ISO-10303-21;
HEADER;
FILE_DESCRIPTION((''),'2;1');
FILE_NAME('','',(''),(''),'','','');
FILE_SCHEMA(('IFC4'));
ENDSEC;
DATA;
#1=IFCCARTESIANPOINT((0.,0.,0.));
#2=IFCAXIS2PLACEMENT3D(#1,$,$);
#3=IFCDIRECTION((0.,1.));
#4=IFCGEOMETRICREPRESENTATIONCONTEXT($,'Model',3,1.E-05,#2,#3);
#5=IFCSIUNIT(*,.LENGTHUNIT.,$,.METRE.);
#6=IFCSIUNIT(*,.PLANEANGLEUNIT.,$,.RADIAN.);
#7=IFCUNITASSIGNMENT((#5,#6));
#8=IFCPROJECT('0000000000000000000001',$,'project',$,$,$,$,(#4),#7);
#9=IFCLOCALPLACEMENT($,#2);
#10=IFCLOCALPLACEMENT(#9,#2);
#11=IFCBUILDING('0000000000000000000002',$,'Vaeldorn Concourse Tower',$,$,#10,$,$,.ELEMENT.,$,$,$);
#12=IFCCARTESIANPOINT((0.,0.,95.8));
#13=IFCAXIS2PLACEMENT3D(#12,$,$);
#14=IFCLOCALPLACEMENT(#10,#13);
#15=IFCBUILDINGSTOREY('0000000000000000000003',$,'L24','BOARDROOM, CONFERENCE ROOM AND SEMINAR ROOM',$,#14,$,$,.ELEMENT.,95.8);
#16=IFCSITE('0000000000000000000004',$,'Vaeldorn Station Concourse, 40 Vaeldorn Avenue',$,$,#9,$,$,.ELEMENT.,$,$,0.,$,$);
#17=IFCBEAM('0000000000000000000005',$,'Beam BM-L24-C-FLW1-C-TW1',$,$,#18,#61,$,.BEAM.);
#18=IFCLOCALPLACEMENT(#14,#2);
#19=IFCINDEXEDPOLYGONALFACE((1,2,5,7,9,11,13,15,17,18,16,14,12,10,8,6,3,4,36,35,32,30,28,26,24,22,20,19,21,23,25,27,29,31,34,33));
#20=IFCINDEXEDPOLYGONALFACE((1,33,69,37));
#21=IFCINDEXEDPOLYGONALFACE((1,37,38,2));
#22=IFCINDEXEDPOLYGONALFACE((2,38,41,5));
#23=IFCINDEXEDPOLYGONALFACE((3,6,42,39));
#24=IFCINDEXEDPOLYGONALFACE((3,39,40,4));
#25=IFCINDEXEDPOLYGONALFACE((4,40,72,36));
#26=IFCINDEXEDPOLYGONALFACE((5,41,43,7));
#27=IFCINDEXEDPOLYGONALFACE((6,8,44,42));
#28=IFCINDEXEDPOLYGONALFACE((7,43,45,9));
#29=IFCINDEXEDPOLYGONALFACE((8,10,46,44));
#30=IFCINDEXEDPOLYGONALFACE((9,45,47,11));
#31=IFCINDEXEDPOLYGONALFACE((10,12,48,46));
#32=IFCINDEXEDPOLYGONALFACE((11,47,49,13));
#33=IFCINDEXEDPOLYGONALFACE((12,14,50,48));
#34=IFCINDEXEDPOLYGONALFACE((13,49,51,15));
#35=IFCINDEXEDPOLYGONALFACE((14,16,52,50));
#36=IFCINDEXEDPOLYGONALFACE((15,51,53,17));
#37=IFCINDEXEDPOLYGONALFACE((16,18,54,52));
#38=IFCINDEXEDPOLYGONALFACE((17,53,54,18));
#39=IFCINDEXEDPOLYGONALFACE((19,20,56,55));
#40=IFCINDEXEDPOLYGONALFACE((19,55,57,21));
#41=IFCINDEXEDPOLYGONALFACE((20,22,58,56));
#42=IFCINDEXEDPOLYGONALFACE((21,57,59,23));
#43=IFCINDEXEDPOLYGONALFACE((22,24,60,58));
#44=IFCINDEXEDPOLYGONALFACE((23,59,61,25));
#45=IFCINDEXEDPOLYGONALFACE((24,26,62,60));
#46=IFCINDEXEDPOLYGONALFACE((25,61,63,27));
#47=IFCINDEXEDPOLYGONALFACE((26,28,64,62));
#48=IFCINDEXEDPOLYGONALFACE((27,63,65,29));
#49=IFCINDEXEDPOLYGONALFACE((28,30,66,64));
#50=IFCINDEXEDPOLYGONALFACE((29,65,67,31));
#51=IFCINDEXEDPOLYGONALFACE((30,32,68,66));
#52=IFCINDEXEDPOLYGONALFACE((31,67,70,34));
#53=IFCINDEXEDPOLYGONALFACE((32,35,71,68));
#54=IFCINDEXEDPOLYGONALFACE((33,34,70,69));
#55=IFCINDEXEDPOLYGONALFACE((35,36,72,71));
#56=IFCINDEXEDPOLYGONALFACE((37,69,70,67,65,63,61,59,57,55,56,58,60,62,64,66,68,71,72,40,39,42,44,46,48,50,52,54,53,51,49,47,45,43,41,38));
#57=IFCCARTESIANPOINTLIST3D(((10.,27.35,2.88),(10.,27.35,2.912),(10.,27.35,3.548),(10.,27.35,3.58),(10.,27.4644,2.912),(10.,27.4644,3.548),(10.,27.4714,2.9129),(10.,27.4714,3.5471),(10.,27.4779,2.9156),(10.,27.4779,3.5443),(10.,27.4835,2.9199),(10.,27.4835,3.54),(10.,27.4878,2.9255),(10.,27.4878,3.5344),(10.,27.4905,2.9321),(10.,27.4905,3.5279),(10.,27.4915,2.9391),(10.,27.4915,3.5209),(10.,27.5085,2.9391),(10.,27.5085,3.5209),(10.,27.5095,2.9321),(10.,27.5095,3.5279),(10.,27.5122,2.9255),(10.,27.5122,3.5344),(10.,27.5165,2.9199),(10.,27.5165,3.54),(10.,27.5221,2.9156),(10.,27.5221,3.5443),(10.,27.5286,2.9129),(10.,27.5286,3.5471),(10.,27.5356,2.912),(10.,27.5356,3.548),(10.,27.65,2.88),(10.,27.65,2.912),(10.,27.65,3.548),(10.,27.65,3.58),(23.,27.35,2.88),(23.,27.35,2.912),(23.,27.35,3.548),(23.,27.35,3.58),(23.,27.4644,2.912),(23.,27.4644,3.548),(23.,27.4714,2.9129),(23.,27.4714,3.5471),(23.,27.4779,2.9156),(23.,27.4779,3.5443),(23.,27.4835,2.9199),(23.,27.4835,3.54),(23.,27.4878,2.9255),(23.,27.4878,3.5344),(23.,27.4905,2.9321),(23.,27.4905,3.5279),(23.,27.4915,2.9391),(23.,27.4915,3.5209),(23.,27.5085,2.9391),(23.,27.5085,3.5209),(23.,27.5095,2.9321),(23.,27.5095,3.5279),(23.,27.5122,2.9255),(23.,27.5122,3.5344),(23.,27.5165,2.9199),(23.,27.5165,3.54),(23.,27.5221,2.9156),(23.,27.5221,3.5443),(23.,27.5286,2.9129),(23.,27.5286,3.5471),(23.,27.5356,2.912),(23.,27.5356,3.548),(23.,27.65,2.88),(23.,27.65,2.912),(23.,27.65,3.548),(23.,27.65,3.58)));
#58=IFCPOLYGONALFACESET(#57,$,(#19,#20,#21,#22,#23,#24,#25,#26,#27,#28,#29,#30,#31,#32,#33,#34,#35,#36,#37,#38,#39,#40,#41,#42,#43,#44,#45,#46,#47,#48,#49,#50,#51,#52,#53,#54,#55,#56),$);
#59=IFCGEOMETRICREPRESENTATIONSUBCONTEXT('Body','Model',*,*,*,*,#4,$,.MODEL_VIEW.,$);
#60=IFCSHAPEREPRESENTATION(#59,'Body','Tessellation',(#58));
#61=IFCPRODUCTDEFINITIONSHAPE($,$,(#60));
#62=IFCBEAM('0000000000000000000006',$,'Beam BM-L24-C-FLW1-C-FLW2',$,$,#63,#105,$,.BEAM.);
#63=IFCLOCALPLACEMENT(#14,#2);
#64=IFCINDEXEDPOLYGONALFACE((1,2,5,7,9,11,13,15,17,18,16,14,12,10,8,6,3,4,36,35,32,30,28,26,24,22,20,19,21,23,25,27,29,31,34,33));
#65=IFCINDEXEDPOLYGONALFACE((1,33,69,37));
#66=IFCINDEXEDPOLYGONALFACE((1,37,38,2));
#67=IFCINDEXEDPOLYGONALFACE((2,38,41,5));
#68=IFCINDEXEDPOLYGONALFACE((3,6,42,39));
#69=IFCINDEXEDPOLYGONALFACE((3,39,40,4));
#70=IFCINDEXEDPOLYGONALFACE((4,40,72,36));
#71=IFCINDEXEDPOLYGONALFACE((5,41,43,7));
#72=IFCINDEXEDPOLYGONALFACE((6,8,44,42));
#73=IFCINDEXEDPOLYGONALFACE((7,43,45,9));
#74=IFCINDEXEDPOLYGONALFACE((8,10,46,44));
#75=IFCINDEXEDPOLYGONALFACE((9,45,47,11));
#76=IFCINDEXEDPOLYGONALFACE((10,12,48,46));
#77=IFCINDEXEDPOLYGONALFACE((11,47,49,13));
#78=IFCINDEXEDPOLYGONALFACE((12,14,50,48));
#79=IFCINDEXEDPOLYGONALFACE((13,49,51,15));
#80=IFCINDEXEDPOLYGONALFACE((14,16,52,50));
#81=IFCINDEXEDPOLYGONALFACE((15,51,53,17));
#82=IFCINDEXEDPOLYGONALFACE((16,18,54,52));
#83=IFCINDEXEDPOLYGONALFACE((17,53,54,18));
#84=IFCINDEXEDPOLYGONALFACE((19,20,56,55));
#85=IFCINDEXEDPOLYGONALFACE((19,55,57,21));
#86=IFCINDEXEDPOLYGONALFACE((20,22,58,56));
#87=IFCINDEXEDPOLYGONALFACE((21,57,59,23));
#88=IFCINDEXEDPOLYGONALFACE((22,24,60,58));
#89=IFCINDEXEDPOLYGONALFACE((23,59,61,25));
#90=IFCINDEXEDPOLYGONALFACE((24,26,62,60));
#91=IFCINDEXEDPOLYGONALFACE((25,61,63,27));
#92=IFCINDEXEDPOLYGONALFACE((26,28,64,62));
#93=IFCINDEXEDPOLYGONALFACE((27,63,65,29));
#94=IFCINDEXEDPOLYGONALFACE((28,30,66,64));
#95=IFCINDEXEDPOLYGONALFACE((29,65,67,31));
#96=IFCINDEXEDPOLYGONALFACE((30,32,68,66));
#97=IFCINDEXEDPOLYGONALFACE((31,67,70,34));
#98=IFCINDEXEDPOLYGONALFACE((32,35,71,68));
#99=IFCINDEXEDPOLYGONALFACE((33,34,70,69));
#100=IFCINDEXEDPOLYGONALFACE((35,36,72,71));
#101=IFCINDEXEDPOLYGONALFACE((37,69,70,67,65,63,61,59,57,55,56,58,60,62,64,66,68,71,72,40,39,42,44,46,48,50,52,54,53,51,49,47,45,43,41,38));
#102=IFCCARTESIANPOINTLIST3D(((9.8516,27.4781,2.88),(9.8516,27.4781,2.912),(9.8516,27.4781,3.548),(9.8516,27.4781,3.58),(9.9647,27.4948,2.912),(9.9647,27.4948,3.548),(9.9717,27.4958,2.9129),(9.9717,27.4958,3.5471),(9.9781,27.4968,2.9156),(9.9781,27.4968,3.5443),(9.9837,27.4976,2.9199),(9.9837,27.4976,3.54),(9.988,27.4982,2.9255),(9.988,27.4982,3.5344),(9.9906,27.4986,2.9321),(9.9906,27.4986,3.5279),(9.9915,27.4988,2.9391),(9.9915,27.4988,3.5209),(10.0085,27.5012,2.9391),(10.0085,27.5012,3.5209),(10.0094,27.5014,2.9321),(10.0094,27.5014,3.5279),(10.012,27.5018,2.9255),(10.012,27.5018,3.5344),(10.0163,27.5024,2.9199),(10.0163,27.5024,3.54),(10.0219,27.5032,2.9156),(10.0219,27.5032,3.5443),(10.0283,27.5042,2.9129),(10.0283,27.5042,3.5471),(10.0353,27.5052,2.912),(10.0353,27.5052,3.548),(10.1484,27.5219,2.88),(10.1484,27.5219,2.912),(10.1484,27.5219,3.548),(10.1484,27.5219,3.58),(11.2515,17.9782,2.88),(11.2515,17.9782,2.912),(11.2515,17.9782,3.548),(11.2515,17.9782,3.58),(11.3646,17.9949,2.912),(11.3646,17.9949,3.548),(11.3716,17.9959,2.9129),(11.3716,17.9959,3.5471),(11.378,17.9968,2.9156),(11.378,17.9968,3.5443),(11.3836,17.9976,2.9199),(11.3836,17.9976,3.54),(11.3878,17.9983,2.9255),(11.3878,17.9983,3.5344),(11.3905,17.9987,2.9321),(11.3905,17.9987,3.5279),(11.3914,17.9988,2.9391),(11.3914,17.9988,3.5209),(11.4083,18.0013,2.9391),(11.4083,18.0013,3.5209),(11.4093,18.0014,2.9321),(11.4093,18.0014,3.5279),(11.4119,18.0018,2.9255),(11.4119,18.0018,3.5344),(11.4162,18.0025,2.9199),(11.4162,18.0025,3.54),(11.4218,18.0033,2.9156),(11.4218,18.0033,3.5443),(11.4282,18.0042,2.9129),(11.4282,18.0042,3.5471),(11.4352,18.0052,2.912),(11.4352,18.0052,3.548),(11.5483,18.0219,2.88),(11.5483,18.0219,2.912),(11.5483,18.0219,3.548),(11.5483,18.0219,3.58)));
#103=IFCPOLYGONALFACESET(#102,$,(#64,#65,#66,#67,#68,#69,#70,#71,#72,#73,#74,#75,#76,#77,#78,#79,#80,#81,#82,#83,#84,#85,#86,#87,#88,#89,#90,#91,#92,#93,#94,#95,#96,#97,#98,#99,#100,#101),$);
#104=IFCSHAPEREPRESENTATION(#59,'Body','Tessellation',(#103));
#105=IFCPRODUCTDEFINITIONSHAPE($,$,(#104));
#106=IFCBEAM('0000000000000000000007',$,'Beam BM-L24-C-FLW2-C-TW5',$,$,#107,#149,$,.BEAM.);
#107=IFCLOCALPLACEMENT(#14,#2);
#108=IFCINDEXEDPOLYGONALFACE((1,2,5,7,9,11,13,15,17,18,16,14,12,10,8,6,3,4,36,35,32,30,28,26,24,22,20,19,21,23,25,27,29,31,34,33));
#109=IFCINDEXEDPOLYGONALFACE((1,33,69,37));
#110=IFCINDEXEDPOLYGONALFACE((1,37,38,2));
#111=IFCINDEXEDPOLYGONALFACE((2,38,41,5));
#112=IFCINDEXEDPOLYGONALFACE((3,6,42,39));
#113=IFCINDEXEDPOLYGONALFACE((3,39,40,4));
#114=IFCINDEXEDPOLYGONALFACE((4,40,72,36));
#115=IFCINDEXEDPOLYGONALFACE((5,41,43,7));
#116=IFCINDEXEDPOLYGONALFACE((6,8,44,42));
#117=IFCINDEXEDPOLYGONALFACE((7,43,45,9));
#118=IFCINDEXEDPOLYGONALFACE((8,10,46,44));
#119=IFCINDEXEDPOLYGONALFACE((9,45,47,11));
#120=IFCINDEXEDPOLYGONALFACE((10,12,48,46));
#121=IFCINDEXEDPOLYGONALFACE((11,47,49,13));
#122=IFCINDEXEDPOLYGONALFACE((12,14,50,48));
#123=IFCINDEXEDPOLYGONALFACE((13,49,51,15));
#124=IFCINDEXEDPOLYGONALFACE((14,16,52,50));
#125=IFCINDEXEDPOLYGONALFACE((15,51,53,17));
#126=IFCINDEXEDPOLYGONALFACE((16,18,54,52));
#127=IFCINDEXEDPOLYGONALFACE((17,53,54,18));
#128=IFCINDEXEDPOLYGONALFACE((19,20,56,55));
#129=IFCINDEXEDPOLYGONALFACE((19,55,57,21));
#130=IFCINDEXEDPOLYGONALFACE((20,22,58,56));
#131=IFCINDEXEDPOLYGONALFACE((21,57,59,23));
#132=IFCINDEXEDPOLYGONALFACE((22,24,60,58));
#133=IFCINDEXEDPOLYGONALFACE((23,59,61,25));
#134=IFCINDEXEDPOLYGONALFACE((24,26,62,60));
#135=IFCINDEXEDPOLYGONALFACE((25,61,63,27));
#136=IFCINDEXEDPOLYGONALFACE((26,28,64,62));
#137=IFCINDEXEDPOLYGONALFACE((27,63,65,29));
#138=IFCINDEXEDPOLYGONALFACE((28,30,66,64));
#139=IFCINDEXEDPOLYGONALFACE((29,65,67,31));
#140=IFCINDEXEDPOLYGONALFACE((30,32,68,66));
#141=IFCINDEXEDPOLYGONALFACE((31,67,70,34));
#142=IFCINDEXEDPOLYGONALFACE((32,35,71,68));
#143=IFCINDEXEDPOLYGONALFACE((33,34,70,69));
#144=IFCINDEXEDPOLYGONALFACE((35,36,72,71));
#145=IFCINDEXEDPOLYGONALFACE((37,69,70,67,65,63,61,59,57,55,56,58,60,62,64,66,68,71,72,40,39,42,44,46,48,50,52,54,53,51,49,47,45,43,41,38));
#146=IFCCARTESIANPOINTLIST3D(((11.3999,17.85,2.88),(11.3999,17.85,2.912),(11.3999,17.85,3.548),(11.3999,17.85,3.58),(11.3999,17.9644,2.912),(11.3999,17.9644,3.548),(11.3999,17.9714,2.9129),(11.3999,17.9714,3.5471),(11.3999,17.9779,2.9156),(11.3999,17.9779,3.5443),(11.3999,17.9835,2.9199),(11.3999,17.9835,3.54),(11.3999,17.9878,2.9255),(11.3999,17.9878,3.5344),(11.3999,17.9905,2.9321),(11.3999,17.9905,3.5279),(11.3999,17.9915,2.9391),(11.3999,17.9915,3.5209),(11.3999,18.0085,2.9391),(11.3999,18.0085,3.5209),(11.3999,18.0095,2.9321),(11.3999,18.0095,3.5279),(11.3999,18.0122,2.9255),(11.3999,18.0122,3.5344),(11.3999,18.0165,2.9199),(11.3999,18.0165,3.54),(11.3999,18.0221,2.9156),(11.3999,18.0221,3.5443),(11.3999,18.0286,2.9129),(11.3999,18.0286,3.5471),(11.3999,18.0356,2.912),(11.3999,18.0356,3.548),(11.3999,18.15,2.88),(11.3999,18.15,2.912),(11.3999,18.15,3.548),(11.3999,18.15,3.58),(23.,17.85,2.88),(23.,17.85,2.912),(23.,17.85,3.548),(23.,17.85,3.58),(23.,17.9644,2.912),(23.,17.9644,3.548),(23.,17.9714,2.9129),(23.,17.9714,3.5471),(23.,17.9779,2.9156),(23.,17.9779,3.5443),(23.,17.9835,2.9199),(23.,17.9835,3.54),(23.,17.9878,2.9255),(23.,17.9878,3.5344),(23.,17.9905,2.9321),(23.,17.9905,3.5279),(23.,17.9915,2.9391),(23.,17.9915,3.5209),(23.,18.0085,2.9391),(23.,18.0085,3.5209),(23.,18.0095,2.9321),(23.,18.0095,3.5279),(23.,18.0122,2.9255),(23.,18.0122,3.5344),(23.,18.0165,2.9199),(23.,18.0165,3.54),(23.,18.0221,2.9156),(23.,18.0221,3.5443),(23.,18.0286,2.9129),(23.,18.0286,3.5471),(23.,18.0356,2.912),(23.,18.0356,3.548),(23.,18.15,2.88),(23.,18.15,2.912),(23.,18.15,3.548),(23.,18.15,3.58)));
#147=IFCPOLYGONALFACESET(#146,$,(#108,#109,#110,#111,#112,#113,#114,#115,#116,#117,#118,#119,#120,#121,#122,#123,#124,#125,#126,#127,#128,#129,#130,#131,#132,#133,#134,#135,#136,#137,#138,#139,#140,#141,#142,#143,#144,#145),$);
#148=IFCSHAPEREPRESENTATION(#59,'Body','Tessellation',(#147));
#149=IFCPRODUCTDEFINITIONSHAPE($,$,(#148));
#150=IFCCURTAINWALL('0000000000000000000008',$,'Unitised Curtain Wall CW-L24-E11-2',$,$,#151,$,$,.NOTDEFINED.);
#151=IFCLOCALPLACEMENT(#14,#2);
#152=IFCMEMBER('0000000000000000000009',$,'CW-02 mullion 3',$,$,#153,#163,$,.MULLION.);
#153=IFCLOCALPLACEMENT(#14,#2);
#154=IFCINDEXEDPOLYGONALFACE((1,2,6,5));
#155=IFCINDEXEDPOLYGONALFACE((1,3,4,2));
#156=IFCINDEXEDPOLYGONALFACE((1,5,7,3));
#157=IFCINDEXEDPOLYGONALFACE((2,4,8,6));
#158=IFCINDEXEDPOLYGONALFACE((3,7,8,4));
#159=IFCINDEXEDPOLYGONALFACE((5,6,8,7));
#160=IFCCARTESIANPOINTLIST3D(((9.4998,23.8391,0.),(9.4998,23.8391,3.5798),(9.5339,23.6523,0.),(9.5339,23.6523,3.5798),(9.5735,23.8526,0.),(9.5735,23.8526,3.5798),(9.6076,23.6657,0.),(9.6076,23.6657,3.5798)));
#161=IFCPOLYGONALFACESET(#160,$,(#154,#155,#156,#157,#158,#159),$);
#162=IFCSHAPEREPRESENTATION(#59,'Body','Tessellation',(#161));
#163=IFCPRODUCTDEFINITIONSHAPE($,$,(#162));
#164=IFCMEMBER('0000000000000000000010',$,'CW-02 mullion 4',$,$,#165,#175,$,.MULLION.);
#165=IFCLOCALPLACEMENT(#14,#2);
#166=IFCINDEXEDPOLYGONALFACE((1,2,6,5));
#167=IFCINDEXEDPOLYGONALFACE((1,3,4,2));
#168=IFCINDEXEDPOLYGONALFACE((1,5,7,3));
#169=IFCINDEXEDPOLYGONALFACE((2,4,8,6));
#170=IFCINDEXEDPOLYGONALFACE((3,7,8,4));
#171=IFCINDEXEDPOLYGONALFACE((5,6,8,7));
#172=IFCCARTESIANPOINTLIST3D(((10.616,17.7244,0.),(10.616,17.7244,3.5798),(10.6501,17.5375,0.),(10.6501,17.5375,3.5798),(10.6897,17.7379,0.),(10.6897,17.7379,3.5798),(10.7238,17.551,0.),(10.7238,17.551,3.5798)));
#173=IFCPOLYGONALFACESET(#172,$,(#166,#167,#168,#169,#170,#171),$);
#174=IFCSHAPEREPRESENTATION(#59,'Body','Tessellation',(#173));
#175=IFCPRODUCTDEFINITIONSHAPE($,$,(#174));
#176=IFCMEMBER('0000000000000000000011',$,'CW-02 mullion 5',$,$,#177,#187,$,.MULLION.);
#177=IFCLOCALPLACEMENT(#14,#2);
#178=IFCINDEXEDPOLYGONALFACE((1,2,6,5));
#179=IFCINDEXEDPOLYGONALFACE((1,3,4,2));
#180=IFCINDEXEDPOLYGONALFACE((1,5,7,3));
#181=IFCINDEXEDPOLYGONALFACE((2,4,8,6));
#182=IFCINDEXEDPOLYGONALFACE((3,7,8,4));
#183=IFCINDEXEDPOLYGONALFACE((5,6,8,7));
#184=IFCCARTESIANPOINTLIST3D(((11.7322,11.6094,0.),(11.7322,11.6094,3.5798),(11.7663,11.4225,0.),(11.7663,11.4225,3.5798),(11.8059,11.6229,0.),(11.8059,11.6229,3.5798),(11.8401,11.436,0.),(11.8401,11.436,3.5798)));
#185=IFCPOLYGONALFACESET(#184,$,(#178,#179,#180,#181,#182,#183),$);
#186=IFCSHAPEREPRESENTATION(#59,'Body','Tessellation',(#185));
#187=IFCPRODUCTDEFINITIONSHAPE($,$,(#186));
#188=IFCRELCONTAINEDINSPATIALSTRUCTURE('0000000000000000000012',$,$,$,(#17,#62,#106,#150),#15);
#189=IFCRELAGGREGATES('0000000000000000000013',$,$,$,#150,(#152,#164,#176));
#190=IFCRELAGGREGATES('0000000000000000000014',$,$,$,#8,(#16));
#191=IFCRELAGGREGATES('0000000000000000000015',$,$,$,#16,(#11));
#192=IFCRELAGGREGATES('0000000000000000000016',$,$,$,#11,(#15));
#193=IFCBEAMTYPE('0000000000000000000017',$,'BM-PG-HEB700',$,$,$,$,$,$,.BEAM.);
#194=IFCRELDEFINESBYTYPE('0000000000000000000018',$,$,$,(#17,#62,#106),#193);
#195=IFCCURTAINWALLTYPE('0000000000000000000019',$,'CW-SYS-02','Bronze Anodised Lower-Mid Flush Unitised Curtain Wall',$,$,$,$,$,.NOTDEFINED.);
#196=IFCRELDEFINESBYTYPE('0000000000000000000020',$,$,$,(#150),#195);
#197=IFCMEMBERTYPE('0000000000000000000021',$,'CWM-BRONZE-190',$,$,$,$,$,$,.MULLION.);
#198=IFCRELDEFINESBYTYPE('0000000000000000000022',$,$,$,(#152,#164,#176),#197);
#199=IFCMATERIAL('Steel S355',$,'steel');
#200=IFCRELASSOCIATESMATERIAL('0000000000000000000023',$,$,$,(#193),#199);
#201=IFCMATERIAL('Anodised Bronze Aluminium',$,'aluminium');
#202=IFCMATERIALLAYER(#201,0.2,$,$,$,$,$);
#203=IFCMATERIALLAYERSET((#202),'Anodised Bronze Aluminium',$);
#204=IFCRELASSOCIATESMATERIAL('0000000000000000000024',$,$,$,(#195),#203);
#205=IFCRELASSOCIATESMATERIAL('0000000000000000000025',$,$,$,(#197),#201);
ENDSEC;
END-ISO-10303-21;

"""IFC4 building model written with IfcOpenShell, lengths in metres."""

from ifc_helpers import new_model, si_unit, direction, frame, origin, origin_2d, place, context, subcontext, project, spatial, rectangle, i_section, extrude, source, transform, mapped, material, layer, layer_set, material_profile, profile_set, type_object, element, aggregate, save


model = new_model("IFC4")

# Units and contexts
model_context = context("Model", 3, precision=1e-05, world=origin(), true_north=direction((0.0, 1.0)))
body_context = subcontext(model_context, "Body", "Model", "MODEL_VIEW")
ifc_project = project(units=[si_unit("LENGTHUNIT", "METRE"), si_unit("PLANEANGLEUNIT", "RADIAN")], contexts=[model_context])

# Site, building, storey
site_placement = place(None, origin())
site = spatial("IfcSite", under=ifc_project, at=site_placement, Name="Vaeldorn Station Concourse, 40 Vaeldorn Avenue", CompositionType="ELEMENT", RefElevation=0.0)
building_placement = place(site_placement, origin())
building = spatial("IfcBuilding", under=site, at=building_placement, Name="Vaeldorn Concourse Tower", CompositionType="ELEMENT")
storey_placement = place(building_placement, frame((0.0, 0.0, 95.8)))
storey = spatial("IfcBuildingStorey", under=building, at=storey_placement, Name="L24", Description="BOARDROOM, CONFERENCE ROOM AND SEMINAR ROOM", CompositionType="ELEMENT", Elevation=95.8)

# Beams
ifc_material_1 = material(Name="Steel S355", Category="steel")
ifc_material_profile_1 = material_profile(ifc_material_1, i_section(OverallWidth=0.3, OverallDepth=0.7, WebThickness=0.0171, FlangeThickness=0.032, FilletRadius=0.0271, at=origin_2d()), Name="HEB 700")
ifc_profile_set_1 = profile_set([ifc_material_profile_1], Name="Steel S355")
beam_type_1 = type_object("IfcBeamType", Name="BM-PG-HEB700", PredefinedType="BEAM", material=ifc_profile_set_1)
shared_shape_1 = source(origin(), body_context, "Body", "SweptSolid", [
    extrude(i_section(OverallWidth=0.3, OverallDepth=0.7, WebThickness=0.0171, FlangeThickness=0.032, FilletRadius=0.0271, at=origin_2d()), origin(), (0.0, 0.0, 1.0), 13.0),
])
beam_1_placement = place(storey_placement, frame((10.0, 27.5, 3.23), z_axis=(1.0, 0.0, 0.0), x_axis=(0.0, 1.0, 0.0)))
element("IfcBeam", 1, at=beam_1_placement, inside=storey, type_object=beam_type_1, Name="Beam BM-L24-C-FLW1-C-TW1", PredefinedType="BEAM", context=body_context, shape_type="MappedRepresentation", body=[
    mapped(shared_shape_1, transform((0.0, 0.0, 0.0), scale=1.0)),
])
shared_shape_2 = source(origin(), body_context, "Body", "SweptSolid", [
    extrude(i_section(OverallWidth=0.3, OverallDepth=0.7, WebThickness=0.0171, FlangeThickness=0.032, FilletRadius=0.0271, at=origin_2d()), origin(), (0.0, 0.0, 1.0), 9.6025),
])
beam_2_placement = place(storey_placement, frame((10.0, 27.5, 3.23), z_axis=(0.145784, -0.989316, 0.0), x_axis=(0.989316, 0.145784, 0.0)))
element("IfcBeam", 2, at=beam_2_placement, inside=storey, type_object=beam_type_1, Name="Beam BM-L24-C-FLW1-C-FLW2", PredefinedType="BEAM", context=body_context, shape_type="MappedRepresentation", body=[
    mapped(shared_shape_2, transform((0.0, 0.0, 0.0), scale=1.0)),
])
shared_shape_3 = source(origin(), body_context, "Body", "SweptSolid", [
    extrude(i_section(OverallWidth=0.3, OverallDepth=0.7, WebThickness=0.0171, FlangeThickness=0.032, FilletRadius=0.0271, at=origin_2d()), origin(), (0.0, 0.0, 1.0), 11.6001),
])
beam_3_placement = place(storey_placement, frame((11.3999, 18.0, 3.23), z_axis=(1.0, 0.0, 0.0), x_axis=(0.0, 1.0, 0.0)))
element("IfcBeam", 3, at=beam_3_placement, inside=storey, type_object=beam_type_1, Name="Beam BM-L24-C-FLW2-C-TW5", PredefinedType="BEAM", context=body_context, shape_type="MappedRepresentation", body=[
    mapped(shared_shape_3, transform((0.0, 0.0, 0.0), scale=1.0)),
])

# Curtain wall, members
ifc_material_2 = material(Name="Anodised Bronze Aluminium", Category="aluminium")
ifc_layer_1 = layer(ifc_material_2, 0.2)
ifc_layer_set_1 = layer_set([ifc_layer_1], Name="Anodised Bronze Aluminium")
curtain_wall_type = type_object("IfcCurtainWallType", Name="CW-SYS-02", Description="Bronze Anodised Lower-Mid Flush Unitised Curtain Wall", PredefinedType="NOTDEFINED", material=ifc_layer_set_1)
curtain_wall_placement = place(storey_placement, origin())
curtain_wall = element("IfcCurtainWall", 4, at=curtain_wall_placement, inside=storey, type_object=curtain_wall_type, Name="Unitised Curtain Wall CW-L24-E11-2", PredefinedType="NOTDEFINED")
ifc_material_profile_2 = material_profile(ifc_material_2, rectangle(XDim=0.075, YDim=0.1899, at=origin_2d()), Name="CWM 75x190")
ifc_profile_set_2 = profile_set([ifc_material_profile_2], Name="Anodised Bronze Aluminium")
member_type_1 = type_object("IfcMemberType", Name="CWM-BRONZE-190", PredefinedType="MULLION", material=ifc_profile_set_2)
shared_shape_4 = source(origin(), body_context, "Body", "SweptSolid", [
    extrude(rectangle(XDim=0.075, YDim=0.1899, at=origin_2d()), origin(), (0.0, 0.0, 1.0), 3.5798),
])
member_1_placement = place(storey_placement, frame((9.5537, 23.7524, 0.0), z_axis=(0.0, 0.0, 1.0), x_axis=(0.983746, 0.179567, 0.0)))
member_1 = element("IfcMember", 5, at=member_1_placement, type_object=member_type_1, Name="CW-02 mullion 3", PredefinedType="MULLION", context=body_context, shape_type="MappedRepresentation", body=[
    mapped(shared_shape_4, transform((0.0, 0.0, 0.0), scale=1.0)),
])
member_2_placement = place(storey_placement, frame((10.6699, 17.6377, 0.0), z_axis=(0.0, 0.0, 1.0), x_axis=(0.983746, 0.179567, 0.0)))
member_2 = element("IfcMember", 6, at=member_2_placement, type_object=member_type_1, Name="CW-02 mullion 4", PredefinedType="MULLION", context=body_context, shape_type="MappedRepresentation", body=[
    mapped(shared_shape_4, transform((0.0, 0.0, 0.0), scale=1.0)),
])
member_3_placement = place(storey_placement, frame((11.7861, 11.5227, 0.0), z_axis=(0.0, 0.0, 1.0), x_axis=(0.983746, 0.179567, 0.0)))
member_3 = element("IfcMember", 7, at=member_3_placement, type_object=member_type_1, Name="CW-02 mullion 5", PredefinedType="MULLION", context=body_context, shape_type="MappedRepresentation", body=[
    mapped(shared_shape_4, transform((0.0, 0.0, 0.0), scale=1.0)),
])
aggregate(curtain_wall, [member_1, member_2, member_3])

save(model, "model.ifc")
